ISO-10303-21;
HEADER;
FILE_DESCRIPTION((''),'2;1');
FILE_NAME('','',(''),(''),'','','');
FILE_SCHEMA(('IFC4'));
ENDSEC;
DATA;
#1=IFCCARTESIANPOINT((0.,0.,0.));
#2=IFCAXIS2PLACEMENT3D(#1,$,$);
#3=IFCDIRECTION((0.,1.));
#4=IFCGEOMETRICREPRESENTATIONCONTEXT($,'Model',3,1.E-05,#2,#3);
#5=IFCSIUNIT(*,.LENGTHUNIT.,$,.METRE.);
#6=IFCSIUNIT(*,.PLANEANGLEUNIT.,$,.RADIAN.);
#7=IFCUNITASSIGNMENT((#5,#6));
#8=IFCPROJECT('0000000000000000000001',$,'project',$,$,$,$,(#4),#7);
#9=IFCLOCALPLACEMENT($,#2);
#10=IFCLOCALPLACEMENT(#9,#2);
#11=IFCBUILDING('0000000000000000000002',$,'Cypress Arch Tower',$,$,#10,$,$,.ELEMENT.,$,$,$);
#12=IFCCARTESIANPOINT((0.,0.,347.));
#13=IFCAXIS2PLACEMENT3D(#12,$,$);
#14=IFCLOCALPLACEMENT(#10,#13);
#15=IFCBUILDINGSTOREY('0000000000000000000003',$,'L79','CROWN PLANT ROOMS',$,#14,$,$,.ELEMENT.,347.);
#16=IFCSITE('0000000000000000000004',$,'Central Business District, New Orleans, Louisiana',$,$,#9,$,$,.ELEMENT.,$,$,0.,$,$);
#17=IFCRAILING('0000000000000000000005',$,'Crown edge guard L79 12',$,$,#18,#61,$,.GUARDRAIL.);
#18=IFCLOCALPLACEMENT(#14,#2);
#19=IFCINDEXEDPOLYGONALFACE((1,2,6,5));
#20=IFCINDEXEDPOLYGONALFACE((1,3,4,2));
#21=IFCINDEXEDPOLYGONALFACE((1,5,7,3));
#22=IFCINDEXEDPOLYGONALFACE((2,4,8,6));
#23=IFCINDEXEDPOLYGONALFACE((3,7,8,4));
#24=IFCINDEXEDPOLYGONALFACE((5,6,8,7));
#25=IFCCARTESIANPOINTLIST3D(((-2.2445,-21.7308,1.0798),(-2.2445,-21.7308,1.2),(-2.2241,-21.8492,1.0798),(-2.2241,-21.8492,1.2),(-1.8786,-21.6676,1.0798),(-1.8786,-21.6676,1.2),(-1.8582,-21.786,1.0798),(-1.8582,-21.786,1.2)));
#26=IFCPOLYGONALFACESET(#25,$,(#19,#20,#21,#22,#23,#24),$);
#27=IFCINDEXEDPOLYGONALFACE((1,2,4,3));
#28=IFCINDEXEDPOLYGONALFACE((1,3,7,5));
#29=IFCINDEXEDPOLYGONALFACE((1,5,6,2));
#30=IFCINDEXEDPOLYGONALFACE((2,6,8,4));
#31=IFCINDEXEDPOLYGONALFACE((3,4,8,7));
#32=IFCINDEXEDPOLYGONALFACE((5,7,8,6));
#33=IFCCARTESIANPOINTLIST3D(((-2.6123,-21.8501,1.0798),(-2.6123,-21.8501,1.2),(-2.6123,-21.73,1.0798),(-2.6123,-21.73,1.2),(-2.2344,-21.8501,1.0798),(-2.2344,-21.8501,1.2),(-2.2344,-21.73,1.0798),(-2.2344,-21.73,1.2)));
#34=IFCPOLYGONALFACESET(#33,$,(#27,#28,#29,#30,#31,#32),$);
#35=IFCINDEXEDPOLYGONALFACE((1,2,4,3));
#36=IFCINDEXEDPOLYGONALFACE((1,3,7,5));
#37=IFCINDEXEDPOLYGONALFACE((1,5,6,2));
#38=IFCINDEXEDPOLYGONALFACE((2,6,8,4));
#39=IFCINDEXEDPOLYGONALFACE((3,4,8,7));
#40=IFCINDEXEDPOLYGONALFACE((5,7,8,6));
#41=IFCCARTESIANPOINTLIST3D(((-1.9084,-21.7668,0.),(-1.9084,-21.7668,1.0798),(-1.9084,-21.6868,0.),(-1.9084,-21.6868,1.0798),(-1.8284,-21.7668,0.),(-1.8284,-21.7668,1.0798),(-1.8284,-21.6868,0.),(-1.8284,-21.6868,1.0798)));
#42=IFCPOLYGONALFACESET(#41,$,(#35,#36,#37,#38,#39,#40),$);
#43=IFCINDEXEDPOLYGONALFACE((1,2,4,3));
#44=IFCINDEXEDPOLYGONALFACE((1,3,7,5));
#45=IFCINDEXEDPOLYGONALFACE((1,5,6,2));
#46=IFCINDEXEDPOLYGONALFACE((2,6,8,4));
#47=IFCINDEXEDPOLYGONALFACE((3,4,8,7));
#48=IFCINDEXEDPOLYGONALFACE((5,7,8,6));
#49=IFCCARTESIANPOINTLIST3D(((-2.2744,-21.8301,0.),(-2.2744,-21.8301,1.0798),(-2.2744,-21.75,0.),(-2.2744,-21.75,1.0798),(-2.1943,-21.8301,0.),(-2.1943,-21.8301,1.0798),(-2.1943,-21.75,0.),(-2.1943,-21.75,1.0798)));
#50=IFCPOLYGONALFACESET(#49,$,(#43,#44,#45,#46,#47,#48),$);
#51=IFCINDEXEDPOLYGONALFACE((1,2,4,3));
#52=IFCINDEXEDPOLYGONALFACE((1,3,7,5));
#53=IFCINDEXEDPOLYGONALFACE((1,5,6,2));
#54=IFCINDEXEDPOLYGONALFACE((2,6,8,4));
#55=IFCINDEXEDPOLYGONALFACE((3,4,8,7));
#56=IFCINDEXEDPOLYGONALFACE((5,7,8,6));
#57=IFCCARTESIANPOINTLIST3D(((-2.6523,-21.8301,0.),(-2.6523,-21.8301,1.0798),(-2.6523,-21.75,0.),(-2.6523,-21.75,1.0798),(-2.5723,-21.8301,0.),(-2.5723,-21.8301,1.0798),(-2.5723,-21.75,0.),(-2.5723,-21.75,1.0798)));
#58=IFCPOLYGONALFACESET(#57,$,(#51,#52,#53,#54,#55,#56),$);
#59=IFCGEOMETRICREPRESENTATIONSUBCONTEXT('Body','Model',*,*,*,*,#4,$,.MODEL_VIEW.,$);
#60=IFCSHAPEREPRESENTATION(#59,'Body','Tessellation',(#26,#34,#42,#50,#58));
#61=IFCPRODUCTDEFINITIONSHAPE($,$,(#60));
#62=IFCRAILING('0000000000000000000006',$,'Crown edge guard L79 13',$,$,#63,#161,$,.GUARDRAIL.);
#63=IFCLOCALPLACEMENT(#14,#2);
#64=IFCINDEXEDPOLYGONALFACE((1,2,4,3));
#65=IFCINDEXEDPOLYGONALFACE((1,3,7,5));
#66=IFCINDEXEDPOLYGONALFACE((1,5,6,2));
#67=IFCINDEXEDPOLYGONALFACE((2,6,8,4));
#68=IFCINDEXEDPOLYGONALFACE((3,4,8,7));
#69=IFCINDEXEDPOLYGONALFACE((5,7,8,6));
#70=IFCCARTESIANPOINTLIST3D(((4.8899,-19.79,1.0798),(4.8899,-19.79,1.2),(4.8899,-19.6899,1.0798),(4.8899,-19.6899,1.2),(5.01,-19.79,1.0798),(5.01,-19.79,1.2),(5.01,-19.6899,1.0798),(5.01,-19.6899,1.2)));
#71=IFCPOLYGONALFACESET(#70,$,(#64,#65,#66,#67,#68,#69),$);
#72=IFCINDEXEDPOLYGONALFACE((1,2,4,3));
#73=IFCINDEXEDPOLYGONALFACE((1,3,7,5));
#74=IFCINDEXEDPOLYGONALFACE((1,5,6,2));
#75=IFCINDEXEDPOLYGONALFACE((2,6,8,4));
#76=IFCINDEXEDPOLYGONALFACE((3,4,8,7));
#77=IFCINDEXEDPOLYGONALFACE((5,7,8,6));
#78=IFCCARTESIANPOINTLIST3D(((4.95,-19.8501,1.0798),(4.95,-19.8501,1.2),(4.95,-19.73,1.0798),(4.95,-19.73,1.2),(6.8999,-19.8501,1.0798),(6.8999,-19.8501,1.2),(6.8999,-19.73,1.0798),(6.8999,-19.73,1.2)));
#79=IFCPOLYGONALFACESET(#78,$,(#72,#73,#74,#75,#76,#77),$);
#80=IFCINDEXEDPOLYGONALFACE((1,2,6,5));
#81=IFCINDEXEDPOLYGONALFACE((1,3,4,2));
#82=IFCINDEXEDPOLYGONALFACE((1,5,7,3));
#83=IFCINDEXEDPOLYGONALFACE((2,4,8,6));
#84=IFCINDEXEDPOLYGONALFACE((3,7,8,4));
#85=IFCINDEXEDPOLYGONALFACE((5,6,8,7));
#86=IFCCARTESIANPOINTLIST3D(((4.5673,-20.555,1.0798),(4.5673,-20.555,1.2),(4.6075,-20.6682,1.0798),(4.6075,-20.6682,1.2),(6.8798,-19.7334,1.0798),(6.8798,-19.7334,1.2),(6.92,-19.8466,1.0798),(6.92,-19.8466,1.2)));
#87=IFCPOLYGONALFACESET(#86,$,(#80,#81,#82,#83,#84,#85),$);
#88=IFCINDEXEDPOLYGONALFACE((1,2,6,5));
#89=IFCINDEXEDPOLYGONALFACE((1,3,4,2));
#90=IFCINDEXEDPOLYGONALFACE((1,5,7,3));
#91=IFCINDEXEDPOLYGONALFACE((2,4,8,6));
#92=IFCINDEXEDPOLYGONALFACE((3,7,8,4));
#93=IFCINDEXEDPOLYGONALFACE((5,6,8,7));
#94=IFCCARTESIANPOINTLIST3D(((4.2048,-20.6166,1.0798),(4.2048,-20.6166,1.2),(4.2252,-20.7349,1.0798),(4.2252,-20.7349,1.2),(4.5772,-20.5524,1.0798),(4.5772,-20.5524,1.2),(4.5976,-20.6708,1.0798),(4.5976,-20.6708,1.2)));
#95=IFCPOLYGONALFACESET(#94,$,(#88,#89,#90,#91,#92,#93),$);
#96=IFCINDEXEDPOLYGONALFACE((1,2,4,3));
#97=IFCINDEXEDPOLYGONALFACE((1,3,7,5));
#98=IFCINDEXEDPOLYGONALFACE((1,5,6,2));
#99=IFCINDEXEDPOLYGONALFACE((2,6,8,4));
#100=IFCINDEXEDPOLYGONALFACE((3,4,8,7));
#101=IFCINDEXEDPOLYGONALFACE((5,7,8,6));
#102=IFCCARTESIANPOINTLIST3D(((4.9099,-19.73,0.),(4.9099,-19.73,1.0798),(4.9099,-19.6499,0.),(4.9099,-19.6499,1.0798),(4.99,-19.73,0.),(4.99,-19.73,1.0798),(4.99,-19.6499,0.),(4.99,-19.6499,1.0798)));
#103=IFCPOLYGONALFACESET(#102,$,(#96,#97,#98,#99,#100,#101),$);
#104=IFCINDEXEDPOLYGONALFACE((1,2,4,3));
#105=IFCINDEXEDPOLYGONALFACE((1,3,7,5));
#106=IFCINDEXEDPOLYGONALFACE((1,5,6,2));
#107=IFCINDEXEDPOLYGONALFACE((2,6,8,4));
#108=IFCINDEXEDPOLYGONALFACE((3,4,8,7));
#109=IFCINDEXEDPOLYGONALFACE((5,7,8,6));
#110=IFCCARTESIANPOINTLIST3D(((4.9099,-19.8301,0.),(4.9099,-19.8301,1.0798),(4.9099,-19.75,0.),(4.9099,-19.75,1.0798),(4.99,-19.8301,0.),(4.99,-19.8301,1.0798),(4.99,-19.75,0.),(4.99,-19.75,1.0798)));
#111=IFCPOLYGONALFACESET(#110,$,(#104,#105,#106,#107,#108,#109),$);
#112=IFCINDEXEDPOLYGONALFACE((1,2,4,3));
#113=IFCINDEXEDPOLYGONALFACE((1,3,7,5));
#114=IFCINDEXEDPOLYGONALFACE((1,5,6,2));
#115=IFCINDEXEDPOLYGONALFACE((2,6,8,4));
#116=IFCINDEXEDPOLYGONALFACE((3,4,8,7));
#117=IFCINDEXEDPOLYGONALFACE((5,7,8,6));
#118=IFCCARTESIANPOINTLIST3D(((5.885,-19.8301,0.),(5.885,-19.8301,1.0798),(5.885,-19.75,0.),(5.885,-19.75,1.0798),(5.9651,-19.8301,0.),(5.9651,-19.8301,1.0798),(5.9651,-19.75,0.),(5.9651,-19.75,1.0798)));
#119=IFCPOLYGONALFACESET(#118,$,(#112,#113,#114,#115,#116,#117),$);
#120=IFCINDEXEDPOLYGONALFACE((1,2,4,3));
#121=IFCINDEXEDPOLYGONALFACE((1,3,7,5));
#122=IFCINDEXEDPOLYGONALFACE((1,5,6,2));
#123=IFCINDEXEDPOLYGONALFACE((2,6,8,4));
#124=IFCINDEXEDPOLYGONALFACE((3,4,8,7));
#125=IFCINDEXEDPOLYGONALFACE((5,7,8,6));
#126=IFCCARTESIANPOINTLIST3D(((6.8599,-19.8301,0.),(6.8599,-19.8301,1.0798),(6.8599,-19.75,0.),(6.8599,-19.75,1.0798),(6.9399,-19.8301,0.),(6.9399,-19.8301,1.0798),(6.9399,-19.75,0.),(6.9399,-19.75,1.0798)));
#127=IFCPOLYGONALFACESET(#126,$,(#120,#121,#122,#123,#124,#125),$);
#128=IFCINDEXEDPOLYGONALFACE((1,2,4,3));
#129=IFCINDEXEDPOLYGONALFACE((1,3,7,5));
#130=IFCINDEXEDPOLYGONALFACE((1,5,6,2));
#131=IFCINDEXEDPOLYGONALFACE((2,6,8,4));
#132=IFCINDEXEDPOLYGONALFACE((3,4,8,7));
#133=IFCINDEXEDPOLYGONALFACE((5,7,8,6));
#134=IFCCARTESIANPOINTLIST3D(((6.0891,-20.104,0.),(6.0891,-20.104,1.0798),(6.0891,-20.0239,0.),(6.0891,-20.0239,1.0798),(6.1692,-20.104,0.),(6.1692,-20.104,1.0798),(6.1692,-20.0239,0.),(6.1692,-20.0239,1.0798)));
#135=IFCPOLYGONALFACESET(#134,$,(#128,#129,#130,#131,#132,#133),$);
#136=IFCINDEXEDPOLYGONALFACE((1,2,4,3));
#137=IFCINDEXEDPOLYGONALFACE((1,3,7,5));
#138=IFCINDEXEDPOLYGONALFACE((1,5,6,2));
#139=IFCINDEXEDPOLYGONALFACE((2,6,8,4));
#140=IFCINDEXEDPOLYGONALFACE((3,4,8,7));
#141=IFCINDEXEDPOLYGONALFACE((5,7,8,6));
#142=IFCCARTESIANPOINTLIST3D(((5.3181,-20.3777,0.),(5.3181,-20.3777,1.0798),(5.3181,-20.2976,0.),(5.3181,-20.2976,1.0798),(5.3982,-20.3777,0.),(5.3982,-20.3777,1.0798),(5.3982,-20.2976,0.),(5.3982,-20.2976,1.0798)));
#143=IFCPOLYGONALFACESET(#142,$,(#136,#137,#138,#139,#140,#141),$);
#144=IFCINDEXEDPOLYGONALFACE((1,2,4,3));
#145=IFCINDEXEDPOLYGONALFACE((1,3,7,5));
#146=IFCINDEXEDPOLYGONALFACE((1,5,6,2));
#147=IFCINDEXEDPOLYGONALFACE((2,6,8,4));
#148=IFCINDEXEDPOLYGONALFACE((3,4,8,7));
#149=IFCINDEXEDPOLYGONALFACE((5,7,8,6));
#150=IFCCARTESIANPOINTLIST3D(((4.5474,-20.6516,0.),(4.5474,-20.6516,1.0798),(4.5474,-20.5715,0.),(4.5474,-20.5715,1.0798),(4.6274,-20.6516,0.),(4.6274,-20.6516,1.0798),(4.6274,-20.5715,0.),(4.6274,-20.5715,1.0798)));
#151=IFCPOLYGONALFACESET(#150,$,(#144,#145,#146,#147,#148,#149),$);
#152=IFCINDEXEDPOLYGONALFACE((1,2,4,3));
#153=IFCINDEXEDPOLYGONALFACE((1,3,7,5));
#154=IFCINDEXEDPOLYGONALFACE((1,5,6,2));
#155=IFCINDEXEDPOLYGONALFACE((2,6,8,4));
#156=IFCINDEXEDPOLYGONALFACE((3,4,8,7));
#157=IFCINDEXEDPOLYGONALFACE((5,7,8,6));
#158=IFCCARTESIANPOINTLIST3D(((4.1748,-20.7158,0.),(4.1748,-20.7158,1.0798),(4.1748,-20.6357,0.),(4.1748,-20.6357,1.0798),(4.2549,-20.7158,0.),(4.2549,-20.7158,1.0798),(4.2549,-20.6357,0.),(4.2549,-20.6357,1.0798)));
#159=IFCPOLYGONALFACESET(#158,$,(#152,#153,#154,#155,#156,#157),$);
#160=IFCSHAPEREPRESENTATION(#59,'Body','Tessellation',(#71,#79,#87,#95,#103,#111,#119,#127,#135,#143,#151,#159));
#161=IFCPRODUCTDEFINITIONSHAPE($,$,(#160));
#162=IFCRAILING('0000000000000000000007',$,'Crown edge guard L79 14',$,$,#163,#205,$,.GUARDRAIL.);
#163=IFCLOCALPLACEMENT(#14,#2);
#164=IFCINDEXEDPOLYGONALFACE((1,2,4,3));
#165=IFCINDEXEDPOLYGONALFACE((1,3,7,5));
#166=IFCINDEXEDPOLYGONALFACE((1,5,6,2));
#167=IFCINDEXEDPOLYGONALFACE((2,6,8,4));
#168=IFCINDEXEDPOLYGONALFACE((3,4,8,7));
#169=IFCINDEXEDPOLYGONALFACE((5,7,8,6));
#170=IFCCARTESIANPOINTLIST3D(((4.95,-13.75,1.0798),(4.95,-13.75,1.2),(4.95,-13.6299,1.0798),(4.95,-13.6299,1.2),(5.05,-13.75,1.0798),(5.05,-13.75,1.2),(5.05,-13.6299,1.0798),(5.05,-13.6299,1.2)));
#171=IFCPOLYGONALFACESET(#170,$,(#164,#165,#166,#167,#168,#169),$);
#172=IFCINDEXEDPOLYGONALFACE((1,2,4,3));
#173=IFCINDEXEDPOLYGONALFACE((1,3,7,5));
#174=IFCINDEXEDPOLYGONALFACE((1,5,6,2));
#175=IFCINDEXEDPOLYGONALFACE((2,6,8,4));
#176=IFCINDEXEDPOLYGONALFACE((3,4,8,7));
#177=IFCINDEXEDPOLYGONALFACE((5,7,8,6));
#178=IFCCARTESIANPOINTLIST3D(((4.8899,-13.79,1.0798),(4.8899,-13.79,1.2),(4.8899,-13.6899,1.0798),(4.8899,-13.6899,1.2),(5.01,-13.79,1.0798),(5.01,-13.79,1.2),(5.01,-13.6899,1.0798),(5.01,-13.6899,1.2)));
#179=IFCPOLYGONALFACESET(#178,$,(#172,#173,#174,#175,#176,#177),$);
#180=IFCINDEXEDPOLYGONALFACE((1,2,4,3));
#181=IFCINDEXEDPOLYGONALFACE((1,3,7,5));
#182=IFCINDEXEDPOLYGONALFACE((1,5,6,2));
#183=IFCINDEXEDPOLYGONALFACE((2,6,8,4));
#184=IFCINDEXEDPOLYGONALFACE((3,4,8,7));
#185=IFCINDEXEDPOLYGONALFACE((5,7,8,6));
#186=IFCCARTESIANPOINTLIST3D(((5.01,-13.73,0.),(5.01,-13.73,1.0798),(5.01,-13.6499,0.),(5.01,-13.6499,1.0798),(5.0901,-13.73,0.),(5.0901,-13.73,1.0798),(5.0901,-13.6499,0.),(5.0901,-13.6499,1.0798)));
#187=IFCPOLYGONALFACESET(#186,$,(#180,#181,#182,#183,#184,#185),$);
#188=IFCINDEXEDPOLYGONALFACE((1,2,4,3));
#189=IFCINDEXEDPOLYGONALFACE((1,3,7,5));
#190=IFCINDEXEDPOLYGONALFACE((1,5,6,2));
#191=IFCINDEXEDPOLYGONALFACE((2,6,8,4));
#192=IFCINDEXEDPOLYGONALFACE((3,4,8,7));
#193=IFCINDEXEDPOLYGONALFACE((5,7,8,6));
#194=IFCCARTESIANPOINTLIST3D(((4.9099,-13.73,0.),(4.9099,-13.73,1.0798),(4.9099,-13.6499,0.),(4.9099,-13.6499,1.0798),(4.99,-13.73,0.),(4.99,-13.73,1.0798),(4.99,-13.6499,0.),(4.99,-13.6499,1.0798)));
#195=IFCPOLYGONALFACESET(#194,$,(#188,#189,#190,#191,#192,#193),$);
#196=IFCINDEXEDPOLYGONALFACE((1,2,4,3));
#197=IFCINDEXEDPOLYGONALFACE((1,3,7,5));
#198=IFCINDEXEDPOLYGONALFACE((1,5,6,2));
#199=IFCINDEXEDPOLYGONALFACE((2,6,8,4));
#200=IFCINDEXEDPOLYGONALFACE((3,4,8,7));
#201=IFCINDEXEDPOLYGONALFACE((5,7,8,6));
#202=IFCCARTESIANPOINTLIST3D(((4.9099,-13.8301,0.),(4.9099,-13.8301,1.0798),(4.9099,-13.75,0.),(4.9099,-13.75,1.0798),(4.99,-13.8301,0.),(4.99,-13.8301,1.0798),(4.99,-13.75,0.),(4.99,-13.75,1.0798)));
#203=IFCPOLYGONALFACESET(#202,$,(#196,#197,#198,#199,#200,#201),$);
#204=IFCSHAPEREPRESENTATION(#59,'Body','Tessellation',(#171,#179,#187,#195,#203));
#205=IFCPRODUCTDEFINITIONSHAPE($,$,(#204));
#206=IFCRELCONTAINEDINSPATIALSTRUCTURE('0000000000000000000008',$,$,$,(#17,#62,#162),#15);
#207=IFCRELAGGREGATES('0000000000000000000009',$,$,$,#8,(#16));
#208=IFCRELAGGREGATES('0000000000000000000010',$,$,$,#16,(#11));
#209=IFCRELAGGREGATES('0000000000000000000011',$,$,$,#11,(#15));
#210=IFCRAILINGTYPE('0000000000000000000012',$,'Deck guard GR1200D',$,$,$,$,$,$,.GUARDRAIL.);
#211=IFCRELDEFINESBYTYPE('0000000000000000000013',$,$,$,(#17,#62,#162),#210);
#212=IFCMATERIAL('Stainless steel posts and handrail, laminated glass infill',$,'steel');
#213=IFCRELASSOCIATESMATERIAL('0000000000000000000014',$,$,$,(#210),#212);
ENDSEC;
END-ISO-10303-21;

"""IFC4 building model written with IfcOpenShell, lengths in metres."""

from ifc_helpers import new_model, si_unit, direction, frame, origin, origin_2d, place, context, subcontext, project, spatial, rectangle, extrude, material, type_object, element, save


model = new_model("IFC4")

# Units and contexts
model_context = context("Model", 3, precision=1e-05, world=origin(), true_north=direction((0.0, 1.0)))
body_context = subcontext(model_context, "Body", "Model", "MODEL_VIEW")
ifc_project = project(units=[si_unit("LENGTHUNIT", "METRE"), si_unit("PLANEANGLEUNIT", "RADIAN")], contexts=[model_context])

# Site, building, storey
site_placement = place(None, origin())
site = spatial("IfcSite", under=ifc_project, at=site_placement, Name="Central Business District, New Orleans, Louisiana", CompositionType="ELEMENT", RefElevation=0.0)
building_placement = place(site_placement, origin())
building = spatial("IfcBuilding", under=site, at=building_placement, Name="Cypress Arch Tower", CompositionType="ELEMENT")
storey_placement = place(building_placement, frame((0.0, 0.0, 347.0)))
storey = spatial("IfcBuildingStorey", under=building, at=storey_placement, Name="L79", Description="CROWN PLANT ROOMS", CompositionType="ELEMENT", Elevation=347.0)

# Railings
ifc_material_1 = material(Name="Stainless steel posts and handrail, laminated glass infill", Category="steel")
railing_type_1 = type_object("IfcRailingType", Name="Deck guard GR1200D", PredefinedType="GUARDRAIL", material=ifc_material_1)
railing_1_placement = place(storey_placement, frame((-1.8684, -21.7268, 0.0)))
element("IfcRailing", 1, at=railing_1_placement, inside=storey, type_object=railing_type_1, Name="Crown edge guard L79 12", PredefinedType="GUARDRAIL", context=body_context, shape_type="SweptSolid", body=[
    extrude(rectangle(XDim=0.1201, YDim=0.1201, at=origin_2d()), frame((0.0, 0.0, 1.1399), z_axis=(-0.985399, -0.170259, 0.0), x_axis=(0.170259, -0.985399, 0.0)), (0.0, 0.0, 1.0), 0.3713),
    extrude(rectangle(XDim=0.1201, YDim=0.1201, at=origin_2d()), frame((-0.366, -0.0632, 1.1399), z_axis=(-1.0, 0.0, 0.0), x_axis=(0.0, -1.0, 0.0)), (0.0, 0.0, 1.0), 0.3779),
    extrude(rectangle(XDim=0.0801, YDim=0.0801, at=origin_2d()), origin(), (0.0, 0.0, 1.0), 1.0798),
    extrude(rectangle(XDim=0.0801, YDim=0.0801, at=origin_2d()), frame((-0.366, -0.0632, 0.0)), (0.0, 0.0, 1.0), 1.0798),
    extrude(rectangle(XDim=0.0801, YDim=0.0801, at=origin_2d()), frame((-0.7439, -0.0632, 0.0)), (0.0, 0.0, 1.0), 1.0798),
])
railing_2_placement = place(storey_placement, frame((4.95, -19.6899, 0.0)))
element("IfcRailing", 2, at=railing_2_placement, inside=storey, type_object=railing_type_1, Name="Crown edge guard L79 13", PredefinedType="GUARDRAIL", context=body_context, shape_type="SweptSolid", body=[
    extrude(rectangle(XDim=0.1201, YDim=0.1201, at=origin_2d()), frame((0.0, 0.0, 1.1399), z_axis=(0.0, -1.0, 0.0), x_axis=(1.0, 0.0, 0.0)), (0.0, 0.0, 1.0), 0.1001),
    extrude(rectangle(XDim=0.1201, YDim=0.1201, at=origin_2d()), frame((0.0, -0.1001, 1.1399), z_axis=(1.0, 0.0, 0.0), x_axis=(0.0, 1.0, 0.0)), (0.0, 0.0, 1.0), 1.95),
    extrude(rectangle(XDim=0.1201, YDim=0.1201, at=origin_2d()), frame((1.95, -0.1001, 1.1399), z_axis=(-0.942303, -0.33476, 0.0), x_axis=(0.33476, -0.942303, 0.0)), (0.0, 0.0, 1.0), 2.4541),
    extrude(rectangle(XDim=0.1201, YDim=0.1201, at=origin_2d()), frame((-0.3625, -0.9216, 1.1399), z_axis=(-0.985471, -0.169842, 0.0), x_axis=(0.169842, -0.985471, 0.0)), (0.0, 0.0, 1.0), 0.3779),
    extrude(rectangle(XDim=0.0801, YDim=0.0801, at=origin_2d()), origin(), (0.0, 0.0, 1.0), 1.0798),
    extrude(rectangle(XDim=0.0801, YDim=0.0801, at=origin_2d()), frame((0.0, -0.1001, 0.0)), (0.0, 0.0, 1.0), 1.0798),
    extrude(rectangle(XDim=0.0801, YDim=0.0801, at=origin_2d()), frame((0.9751, -0.1001, 0.0)), (0.0, 0.0, 1.0), 1.0798),
    extrude(rectangle(XDim=0.0801, YDim=0.0801, at=origin_2d()), frame((1.95, -0.1001, 0.0)), (0.0, 0.0, 1.0), 1.0798),
    extrude(rectangle(XDim=0.0801, YDim=0.0801, at=origin_2d()), frame((1.1792, -0.374, 0.0)), (0.0, 0.0, 1.0), 1.0798),
    extrude(rectangle(XDim=0.0801, YDim=0.0801, at=origin_2d()), frame((0.4082, -0.6477, 0.0)), (0.0, 0.0, 1.0), 1.0798),
    extrude(rectangle(XDim=0.0801, YDim=0.0801, at=origin_2d()), frame((-0.3625, -0.9216, 0.0)), (0.0, 0.0, 1.0), 1.0798),
    extrude(rectangle(XDim=0.0801, YDim=0.0801, at=origin_2d()), frame((-0.7351, -0.9858, 0.0)), (0.0, 0.0, 1.0), 1.0798),
])
railing_3_placement = place(storey_placement, frame((5.05, -13.6899, 0.0)))
element("IfcRailing", 3, at=railing_3_placement, inside=storey, type_object=railing_type_1, Name="Crown edge guard L79 14", PredefinedType="GUARDRAIL", context=body_context, shape_type="SweptSolid", body=[
    extrude(rectangle(XDim=0.1201, YDim=0.1201, at=origin_2d()), frame((0.0, 0.0, 1.1399), z_axis=(-1.0, 0.0, 0.0), x_axis=(0.0, -1.0, 0.0)), (0.0, 0.0, 1.0), 0.1001),
    extrude(rectangle(XDim=0.1201, YDim=0.1201, at=origin_2d()), frame((-0.1001, 0.0, 1.1399), z_axis=(0.0, -1.0, 0.0), x_axis=(1.0, 0.0, 0.0)), (0.0, 0.0, 1.0), 0.1001),
    extrude(rectangle(XDim=0.0801, YDim=0.0801, at=origin_2d()), origin(), (0.0, 0.0, 1.0), 1.0798),
    extrude(rectangle(XDim=0.0801, YDim=0.0801, at=origin_2d()), frame((-0.1001, 0.0, 0.0)), (0.0, 0.0, 1.0), 1.0798),
    extrude(rectangle(XDim=0.0801, YDim=0.0801, at=origin_2d()), frame((-0.1001, -0.1001, 0.0)), (0.0, 0.0, 1.0), 1.0798),
])

save(model, "model.ifc")
